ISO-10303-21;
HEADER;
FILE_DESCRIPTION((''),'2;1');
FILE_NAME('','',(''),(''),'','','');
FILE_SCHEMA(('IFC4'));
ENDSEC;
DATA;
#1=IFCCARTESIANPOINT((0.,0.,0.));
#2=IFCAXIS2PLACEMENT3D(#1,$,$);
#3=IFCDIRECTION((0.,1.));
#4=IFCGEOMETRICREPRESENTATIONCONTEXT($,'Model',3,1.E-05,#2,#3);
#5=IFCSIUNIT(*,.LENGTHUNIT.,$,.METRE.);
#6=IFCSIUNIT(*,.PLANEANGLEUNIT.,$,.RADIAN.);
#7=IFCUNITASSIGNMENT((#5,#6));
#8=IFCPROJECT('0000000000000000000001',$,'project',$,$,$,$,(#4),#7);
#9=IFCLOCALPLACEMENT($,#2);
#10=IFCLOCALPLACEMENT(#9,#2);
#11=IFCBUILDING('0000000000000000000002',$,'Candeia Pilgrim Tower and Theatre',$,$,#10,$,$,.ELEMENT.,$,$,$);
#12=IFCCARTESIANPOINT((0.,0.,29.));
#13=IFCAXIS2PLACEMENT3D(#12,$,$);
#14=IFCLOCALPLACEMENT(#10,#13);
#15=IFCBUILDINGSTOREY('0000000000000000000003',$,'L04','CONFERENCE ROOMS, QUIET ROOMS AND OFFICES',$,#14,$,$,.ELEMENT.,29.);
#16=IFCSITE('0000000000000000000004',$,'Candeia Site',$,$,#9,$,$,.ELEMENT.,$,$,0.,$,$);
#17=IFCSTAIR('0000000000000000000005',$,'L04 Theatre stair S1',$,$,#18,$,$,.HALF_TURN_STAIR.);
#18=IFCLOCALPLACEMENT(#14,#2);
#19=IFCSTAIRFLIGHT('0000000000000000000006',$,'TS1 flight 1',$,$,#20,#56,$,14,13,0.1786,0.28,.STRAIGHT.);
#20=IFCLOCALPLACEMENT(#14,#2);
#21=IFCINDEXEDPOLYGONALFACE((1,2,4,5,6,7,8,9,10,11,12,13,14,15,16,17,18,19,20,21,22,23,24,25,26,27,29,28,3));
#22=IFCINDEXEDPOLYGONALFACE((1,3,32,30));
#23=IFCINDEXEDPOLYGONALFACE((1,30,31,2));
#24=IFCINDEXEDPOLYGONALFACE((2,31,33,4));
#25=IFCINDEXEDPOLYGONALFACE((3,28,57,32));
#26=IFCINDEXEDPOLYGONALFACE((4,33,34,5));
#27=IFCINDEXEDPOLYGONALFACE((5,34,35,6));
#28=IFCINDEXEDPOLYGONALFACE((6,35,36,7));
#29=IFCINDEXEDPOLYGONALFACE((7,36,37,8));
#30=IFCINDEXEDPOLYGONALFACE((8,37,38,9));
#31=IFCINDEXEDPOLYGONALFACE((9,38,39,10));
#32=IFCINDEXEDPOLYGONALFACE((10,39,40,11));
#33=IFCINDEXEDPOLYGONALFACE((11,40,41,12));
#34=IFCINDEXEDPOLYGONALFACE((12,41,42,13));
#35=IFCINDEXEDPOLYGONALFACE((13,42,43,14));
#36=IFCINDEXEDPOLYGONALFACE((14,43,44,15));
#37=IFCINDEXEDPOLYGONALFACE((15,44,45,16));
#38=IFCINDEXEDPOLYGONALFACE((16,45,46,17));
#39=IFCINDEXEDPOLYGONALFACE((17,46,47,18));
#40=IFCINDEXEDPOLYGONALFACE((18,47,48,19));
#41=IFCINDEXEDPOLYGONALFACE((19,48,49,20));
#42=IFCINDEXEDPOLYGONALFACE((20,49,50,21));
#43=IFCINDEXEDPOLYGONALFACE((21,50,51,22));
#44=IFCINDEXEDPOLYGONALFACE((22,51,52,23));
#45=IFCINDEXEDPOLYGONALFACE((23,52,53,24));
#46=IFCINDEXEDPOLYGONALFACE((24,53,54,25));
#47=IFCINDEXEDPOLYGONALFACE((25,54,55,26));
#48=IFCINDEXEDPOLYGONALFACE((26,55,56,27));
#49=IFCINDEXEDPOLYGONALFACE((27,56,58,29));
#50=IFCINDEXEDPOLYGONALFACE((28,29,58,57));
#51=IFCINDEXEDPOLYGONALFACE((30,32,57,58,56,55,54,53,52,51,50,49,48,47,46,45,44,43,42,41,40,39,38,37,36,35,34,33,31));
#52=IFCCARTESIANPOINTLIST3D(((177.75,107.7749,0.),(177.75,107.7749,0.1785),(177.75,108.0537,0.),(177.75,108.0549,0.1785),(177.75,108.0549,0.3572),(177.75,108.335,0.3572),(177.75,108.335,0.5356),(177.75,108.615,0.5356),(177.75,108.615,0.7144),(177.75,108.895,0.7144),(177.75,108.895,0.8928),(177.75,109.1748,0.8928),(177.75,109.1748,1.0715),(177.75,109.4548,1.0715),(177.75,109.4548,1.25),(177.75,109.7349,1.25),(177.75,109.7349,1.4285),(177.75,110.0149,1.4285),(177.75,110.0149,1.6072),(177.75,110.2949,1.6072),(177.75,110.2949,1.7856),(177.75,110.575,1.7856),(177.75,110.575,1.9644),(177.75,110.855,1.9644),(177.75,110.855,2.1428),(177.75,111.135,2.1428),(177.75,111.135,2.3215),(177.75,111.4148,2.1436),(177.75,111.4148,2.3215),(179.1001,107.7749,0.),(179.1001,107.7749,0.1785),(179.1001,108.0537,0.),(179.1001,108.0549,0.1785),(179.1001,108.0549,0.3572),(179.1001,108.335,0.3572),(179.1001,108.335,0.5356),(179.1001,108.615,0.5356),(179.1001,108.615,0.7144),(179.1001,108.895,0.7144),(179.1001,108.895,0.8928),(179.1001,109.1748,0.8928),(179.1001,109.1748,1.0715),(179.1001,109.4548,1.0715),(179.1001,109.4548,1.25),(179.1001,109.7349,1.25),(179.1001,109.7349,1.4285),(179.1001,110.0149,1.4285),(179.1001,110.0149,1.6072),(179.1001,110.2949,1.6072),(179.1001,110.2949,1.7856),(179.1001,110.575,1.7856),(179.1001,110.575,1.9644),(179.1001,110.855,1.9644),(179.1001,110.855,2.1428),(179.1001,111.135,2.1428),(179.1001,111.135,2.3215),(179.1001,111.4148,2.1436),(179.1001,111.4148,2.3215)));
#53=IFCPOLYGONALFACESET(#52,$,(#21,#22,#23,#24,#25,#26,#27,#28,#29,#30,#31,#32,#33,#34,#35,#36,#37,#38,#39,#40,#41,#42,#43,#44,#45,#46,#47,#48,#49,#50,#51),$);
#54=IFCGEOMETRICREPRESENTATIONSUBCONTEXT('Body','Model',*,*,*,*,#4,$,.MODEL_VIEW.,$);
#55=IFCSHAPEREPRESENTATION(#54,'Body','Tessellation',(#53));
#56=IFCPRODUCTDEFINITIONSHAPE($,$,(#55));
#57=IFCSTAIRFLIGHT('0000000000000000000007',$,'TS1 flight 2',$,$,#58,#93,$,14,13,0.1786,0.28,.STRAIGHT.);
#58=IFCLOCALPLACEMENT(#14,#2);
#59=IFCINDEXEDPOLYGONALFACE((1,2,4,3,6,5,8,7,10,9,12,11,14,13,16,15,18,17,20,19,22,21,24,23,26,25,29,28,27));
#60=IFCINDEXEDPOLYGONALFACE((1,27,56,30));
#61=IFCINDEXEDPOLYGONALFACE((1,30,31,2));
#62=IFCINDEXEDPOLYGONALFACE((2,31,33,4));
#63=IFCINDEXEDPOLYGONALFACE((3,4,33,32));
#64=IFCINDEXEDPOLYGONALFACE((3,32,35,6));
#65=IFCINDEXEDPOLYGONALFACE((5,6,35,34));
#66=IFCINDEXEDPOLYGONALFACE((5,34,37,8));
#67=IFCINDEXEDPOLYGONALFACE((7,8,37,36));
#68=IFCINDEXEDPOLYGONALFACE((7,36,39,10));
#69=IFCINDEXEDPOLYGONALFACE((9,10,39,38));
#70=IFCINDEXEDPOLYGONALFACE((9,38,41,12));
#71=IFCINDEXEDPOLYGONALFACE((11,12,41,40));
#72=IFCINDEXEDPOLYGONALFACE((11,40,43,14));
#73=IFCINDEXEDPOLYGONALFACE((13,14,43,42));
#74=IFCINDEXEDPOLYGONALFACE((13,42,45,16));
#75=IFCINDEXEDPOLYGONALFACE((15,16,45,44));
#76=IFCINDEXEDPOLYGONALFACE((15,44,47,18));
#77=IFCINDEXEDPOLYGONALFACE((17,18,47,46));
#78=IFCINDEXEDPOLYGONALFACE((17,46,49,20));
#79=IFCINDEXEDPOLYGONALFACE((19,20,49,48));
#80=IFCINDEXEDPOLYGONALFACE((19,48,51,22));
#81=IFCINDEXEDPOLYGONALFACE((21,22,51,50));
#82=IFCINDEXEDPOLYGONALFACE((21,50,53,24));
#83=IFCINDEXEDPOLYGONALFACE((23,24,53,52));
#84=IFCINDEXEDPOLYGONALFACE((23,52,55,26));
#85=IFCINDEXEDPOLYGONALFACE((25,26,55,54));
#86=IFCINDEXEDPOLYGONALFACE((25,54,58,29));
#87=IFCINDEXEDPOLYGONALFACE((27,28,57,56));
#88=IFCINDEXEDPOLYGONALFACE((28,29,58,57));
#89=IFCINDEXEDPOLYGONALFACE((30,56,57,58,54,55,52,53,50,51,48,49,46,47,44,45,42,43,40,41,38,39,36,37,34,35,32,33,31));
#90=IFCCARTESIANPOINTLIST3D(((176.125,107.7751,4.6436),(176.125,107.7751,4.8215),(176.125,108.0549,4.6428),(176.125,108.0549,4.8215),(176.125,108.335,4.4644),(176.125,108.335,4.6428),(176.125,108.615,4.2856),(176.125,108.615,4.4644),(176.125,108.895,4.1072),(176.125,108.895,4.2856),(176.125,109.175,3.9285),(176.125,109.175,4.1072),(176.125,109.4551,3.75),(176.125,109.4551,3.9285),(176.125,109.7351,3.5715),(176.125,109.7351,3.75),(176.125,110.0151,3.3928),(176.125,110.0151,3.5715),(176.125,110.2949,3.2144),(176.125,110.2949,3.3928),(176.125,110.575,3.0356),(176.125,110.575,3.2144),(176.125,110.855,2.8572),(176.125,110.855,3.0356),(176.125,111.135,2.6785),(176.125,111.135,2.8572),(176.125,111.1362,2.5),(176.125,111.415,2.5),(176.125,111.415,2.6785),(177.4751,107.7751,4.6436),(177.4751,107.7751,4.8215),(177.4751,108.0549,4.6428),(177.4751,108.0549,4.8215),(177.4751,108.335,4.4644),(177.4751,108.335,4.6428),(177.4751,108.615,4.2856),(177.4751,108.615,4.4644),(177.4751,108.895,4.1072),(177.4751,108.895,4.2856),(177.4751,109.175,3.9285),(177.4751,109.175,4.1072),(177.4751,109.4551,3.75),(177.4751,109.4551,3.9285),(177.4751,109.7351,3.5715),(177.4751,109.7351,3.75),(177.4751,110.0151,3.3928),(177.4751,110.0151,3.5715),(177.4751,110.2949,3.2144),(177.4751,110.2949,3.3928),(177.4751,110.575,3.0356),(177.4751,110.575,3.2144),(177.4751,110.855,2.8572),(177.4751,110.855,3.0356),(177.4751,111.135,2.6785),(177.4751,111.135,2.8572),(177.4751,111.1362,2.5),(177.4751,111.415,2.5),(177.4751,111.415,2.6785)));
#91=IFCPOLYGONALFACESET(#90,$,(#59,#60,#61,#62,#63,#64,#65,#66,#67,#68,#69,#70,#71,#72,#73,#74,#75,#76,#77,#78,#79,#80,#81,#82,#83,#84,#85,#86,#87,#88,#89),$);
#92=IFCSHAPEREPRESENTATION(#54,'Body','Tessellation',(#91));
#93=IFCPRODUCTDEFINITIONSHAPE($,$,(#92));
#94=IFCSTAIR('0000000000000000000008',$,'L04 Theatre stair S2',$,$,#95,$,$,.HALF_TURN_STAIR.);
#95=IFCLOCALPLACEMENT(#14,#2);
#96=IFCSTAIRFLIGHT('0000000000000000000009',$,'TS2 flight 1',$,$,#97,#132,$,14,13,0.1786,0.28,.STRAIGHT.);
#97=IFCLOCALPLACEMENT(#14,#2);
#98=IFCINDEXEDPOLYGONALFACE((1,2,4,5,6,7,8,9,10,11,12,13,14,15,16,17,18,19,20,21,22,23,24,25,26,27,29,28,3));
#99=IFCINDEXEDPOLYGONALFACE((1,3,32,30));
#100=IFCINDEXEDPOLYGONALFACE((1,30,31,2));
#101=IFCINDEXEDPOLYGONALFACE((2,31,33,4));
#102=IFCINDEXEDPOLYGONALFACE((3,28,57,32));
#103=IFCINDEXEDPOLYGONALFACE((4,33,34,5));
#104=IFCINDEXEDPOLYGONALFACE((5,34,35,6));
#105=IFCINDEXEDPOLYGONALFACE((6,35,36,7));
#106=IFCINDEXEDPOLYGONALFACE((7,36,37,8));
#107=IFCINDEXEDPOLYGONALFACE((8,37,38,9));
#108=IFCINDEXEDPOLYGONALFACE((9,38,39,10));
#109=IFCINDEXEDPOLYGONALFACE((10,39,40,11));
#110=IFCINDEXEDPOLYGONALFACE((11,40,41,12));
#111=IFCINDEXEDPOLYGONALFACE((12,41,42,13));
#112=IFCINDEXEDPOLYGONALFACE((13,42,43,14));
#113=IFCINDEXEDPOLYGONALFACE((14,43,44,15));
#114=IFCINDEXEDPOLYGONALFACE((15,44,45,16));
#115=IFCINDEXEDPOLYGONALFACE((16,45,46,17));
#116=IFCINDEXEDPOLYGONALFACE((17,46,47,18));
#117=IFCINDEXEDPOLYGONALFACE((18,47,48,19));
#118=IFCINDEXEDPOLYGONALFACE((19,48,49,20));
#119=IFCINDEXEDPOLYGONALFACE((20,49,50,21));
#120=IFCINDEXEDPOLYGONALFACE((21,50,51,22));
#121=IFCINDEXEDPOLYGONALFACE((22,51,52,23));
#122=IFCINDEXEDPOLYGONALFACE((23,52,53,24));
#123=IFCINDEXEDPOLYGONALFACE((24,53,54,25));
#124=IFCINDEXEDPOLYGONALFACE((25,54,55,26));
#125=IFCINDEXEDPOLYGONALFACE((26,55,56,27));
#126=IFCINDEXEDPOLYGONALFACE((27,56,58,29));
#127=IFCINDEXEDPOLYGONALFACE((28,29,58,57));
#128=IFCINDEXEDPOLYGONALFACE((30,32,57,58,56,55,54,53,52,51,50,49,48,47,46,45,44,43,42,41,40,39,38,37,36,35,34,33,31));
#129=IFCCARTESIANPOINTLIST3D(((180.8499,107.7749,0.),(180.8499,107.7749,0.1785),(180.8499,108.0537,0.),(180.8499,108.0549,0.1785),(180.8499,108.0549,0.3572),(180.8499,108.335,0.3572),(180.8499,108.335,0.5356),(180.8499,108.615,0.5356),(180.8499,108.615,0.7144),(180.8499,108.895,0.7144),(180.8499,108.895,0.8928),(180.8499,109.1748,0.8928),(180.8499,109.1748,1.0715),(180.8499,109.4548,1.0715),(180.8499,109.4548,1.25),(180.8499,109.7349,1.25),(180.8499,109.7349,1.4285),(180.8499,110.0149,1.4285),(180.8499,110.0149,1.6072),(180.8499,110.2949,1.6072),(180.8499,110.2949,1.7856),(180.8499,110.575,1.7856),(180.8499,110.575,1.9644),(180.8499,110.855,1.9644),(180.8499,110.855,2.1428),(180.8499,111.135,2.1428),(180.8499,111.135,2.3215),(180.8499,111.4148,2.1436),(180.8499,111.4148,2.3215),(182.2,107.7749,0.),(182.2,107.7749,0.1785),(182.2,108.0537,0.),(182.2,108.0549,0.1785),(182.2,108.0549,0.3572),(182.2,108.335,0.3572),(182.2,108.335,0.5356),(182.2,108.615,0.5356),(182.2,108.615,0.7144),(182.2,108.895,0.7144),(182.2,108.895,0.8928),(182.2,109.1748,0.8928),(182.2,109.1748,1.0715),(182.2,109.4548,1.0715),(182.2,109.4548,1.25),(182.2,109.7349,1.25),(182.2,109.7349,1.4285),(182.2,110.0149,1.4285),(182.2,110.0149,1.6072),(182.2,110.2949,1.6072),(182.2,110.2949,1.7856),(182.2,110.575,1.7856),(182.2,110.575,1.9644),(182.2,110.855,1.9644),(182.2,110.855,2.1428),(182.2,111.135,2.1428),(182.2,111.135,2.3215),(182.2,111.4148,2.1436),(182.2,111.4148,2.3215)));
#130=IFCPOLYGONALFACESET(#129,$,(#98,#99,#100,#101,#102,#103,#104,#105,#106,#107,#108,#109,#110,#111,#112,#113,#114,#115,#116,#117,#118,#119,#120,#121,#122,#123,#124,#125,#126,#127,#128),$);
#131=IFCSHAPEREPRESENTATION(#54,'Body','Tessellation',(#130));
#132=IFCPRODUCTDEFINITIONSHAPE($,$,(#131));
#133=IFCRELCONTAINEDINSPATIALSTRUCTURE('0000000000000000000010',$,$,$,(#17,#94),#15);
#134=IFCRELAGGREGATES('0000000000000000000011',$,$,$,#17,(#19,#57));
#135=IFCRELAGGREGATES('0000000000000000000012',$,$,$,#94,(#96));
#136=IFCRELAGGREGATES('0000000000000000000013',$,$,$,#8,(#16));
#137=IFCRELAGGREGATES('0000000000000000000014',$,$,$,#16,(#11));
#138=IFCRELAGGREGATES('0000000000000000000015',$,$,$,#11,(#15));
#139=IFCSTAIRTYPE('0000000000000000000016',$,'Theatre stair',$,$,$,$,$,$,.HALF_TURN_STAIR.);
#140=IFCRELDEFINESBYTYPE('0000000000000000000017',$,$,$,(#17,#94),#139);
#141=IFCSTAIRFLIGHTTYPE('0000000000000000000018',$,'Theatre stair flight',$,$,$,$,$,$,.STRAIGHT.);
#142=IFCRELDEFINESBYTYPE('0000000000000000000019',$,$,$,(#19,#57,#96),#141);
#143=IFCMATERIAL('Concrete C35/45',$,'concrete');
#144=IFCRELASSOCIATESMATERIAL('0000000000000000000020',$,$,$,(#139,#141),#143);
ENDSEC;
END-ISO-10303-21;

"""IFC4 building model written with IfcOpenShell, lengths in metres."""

from ifc_helpers import new_model, si_unit, direction, frame, origin, place, context, subcontext, project, spatial, polyline, outline, extrude, material, type_object, element, aggregate, save


model = new_model("IFC4")

# Units and contexts
model_context = context("Model", 3, precision=1e-05, world=origin(), true_north=direction((0.0, 1.0)))
body_context = subcontext(model_context, "Body", "Model", "MODEL_VIEW")
ifc_project = project(units=[si_unit("LENGTHUNIT", "METRE"), si_unit("PLANEANGLEUNIT", "RADIAN")], contexts=[model_context])

# Site, building, storey
site_placement = place(None, origin())
site = spatial("IfcSite", under=ifc_project, at=site_placement, Name="Candeia Site", CompositionType="ELEMENT", RefElevation=0.0)
building_placement = place(site_placement, origin())
building = spatial("IfcBuilding", under=site, at=building_placement, Name="Candeia Pilgrim Tower and Theatre", CompositionType="ELEMENT")
storey_placement = place(building_placement, frame((0.0, 0.0, 29.0)))
storey = spatial("IfcBuildingStorey", under=building, at=storey_placement, Name="L04", Description="CONFERENCE ROOMS, QUIET ROOMS AND OFFICES", CompositionType="ELEMENT", Elevation=29.0)

# Shared definitions
ifc_material_1 = material(Name="Concrete C35/45", Category="concrete")

# Stair, stair flights
stair_type = type_object("IfcStairType", Name="Theatre stair", PredefinedType="HALF_TURN_STAIR", material=ifc_material_1)
stair_1_placement = place(storey_placement, origin())
stair_1 = element("IfcStair", 1, at=stair_1_placement, inside=storey, type_object=stair_type, Name="L04 Theatre stair S1", PredefinedType="HALF_TURN_STAIR")
stair_flight_type = type_object("IfcStairFlightType", Name="Theatre stair flight", PredefinedType="STRAIGHT", material=ifc_material_1)
stair_flight_1_placement = place(storey_placement, frame((178.425, 107.7749, 0.0), z_axis=(0.0, 0.0, 1.0), x_axis=(0.0, 1.0, 0.0)))
stair_flight_1 = element("IfcStairFlight", 2, at=stair_flight_1_placement, type_object=stair_flight_type, Name="TS1 flight 1", NumberOfRisers=14, NumberOfTreads=13, PredefinedType="STRAIGHT", RiserHeight=0.1786, TreadLength=0.28, context=body_context, shape_type="SweptSolid", body=[
    extrude(outline(polyline([(0.0, 0.0), (0.0, 0.1785), (0.28, 0.1785), (0.28, 0.3572), (0.5601, 0.3572), (0.5601, 0.5356), (0.8401, 0.5356), (0.8401, 0.7144), (1.1201, 0.7144), (1.1201, 0.8928), (1.3999, 0.8928), (1.3999, 1.0715), (1.6799, 1.0715), (1.6799, 1.25), (1.96, 1.25), (1.96, 1.4285), (2.24, 1.4285), (2.24, 1.6072), (2.52, 1.6072), (2.52, 1.7856), (2.8, 1.7856), (2.8, 1.9644), (3.0801, 1.9644), (3.0801, 2.1428), (3.3601, 2.1428), (3.3601, 2.3215), (3.6399, 2.3215), (3.6399, 2.5), (3.6399, 2.1436), (0.2788, 0.0), (0.0, 0.0)])), frame((0.0, 0.675, 0.0), z_axis=(0.0, -1.0, 0.0), x_axis=(1.0, 0.0, 0.0)), (0.0, 0.0, 1.0), 1.3501),
])
stair_flight_2_placement = place(storey_placement, frame((176.8, 111.415, 2.5), z_axis=(0.0, 0.0, 1.0), x_axis=(0.0, -1.0, 0.0)))
stair_flight_2 = element("IfcStairFlight", 3, at=stair_flight_2_placement, type_object=stair_flight_type, Name="TS1 flight 2", NumberOfRisers=14, NumberOfTreads=13, PredefinedType="STRAIGHT", RiserHeight=0.1786, TreadLength=0.28, context=body_context, shape_type="SweptSolid", body=[
    extrude(outline(polyline([(0.0, 0.0), (0.0, 0.1785), (0.28, 0.1785), (0.28, 0.3572), (0.5601, 0.3572), (0.5601, 0.5356), (0.8401, 0.5356), (0.8401, 0.7144), (1.1201, 0.7144), (1.1201, 0.8928), (1.3999, 0.8928), (1.3999, 1.0715), (1.6799, 1.0715), (1.6799, 1.25), (1.96, 1.25), (1.96, 1.4285), (2.24, 1.4285), (2.24, 1.6072), (2.52, 1.6072), (2.52, 1.7856), (2.8, 1.7856), (2.8, 1.9644), (3.0801, 1.9644), (3.0801, 2.1428), (3.3601, 2.1428), (3.3601, 2.3215), (3.6399, 2.3215), (3.6399, 2.5), (3.6399, 2.1436), (0.2788, 0.0), (0.0, 0.0)])), frame((0.0, 0.675, 0.0), z_axis=(0.0, -1.0, 0.0), x_axis=(1.0, 0.0, 0.0)), (0.0, 0.0, 1.0), 1.3501),
])
aggregate(stair_1, [stair_flight_1, stair_flight_2])

# Stair, stair flight
stair_2_placement = place(storey_placement, origin())
stair_2 = element("IfcStair", 4, at=stair_2_placement, inside=storey, type_object=stair_type, Name="L04 Theatre stair S2", PredefinedType="HALF_TURN_STAIR")
stair_flight_3_placement = place(storey_placement, frame((181.5249, 107.7749, 0.0), z_axis=(0.0, 0.0, 1.0), x_axis=(0.0, 1.0, 0.0)))
stair_flight_3 = element("IfcStairFlight", 5, at=stair_flight_3_placement, type_object=stair_flight_type, Name="TS2 flight 1", NumberOfRisers=14, NumberOfTreads=13, PredefinedType="STRAIGHT", RiserHeight=0.1786, TreadLength=0.28, context=body_context, shape_type="SweptSolid", body=[
    extrude(outline(polyline([(0.0, 0.0), (0.0, 0.1785), (0.28, 0.1785), (0.28, 0.3572), (0.5601, 0.3572), (0.5601, 0.5356), (0.8401, 0.5356), (0.8401, 0.7144), (1.1201, 0.7144), (1.1201, 0.8928), (1.3999, 0.8928), (1.3999, 1.0715), (1.6799, 1.0715), (1.6799, 1.25), (1.96, 1.25), (1.96, 1.4285), (2.24, 1.4285), (2.24, 1.6072), (2.52, 1.6072), (2.52, 1.7856), (2.8, 1.7856), (2.8, 1.9644), (3.0801, 1.9644), (3.0801, 2.1428), (3.3601, 2.1428), (3.3601, 2.3215), (3.6399, 2.3215), (3.6399, 2.5), (3.6399, 2.1436), (0.2788, 0.0), (0.0, 0.0)])), frame((0.0, 0.675, 0.0), z_axis=(0.0, -1.0, 0.0), x_axis=(1.0, 0.0, 0.0)), (0.0, 0.0, 1.0), 1.3501),
])
aggregate(stair_2, [stair_flight_3])

save(model, "model.ifc")
